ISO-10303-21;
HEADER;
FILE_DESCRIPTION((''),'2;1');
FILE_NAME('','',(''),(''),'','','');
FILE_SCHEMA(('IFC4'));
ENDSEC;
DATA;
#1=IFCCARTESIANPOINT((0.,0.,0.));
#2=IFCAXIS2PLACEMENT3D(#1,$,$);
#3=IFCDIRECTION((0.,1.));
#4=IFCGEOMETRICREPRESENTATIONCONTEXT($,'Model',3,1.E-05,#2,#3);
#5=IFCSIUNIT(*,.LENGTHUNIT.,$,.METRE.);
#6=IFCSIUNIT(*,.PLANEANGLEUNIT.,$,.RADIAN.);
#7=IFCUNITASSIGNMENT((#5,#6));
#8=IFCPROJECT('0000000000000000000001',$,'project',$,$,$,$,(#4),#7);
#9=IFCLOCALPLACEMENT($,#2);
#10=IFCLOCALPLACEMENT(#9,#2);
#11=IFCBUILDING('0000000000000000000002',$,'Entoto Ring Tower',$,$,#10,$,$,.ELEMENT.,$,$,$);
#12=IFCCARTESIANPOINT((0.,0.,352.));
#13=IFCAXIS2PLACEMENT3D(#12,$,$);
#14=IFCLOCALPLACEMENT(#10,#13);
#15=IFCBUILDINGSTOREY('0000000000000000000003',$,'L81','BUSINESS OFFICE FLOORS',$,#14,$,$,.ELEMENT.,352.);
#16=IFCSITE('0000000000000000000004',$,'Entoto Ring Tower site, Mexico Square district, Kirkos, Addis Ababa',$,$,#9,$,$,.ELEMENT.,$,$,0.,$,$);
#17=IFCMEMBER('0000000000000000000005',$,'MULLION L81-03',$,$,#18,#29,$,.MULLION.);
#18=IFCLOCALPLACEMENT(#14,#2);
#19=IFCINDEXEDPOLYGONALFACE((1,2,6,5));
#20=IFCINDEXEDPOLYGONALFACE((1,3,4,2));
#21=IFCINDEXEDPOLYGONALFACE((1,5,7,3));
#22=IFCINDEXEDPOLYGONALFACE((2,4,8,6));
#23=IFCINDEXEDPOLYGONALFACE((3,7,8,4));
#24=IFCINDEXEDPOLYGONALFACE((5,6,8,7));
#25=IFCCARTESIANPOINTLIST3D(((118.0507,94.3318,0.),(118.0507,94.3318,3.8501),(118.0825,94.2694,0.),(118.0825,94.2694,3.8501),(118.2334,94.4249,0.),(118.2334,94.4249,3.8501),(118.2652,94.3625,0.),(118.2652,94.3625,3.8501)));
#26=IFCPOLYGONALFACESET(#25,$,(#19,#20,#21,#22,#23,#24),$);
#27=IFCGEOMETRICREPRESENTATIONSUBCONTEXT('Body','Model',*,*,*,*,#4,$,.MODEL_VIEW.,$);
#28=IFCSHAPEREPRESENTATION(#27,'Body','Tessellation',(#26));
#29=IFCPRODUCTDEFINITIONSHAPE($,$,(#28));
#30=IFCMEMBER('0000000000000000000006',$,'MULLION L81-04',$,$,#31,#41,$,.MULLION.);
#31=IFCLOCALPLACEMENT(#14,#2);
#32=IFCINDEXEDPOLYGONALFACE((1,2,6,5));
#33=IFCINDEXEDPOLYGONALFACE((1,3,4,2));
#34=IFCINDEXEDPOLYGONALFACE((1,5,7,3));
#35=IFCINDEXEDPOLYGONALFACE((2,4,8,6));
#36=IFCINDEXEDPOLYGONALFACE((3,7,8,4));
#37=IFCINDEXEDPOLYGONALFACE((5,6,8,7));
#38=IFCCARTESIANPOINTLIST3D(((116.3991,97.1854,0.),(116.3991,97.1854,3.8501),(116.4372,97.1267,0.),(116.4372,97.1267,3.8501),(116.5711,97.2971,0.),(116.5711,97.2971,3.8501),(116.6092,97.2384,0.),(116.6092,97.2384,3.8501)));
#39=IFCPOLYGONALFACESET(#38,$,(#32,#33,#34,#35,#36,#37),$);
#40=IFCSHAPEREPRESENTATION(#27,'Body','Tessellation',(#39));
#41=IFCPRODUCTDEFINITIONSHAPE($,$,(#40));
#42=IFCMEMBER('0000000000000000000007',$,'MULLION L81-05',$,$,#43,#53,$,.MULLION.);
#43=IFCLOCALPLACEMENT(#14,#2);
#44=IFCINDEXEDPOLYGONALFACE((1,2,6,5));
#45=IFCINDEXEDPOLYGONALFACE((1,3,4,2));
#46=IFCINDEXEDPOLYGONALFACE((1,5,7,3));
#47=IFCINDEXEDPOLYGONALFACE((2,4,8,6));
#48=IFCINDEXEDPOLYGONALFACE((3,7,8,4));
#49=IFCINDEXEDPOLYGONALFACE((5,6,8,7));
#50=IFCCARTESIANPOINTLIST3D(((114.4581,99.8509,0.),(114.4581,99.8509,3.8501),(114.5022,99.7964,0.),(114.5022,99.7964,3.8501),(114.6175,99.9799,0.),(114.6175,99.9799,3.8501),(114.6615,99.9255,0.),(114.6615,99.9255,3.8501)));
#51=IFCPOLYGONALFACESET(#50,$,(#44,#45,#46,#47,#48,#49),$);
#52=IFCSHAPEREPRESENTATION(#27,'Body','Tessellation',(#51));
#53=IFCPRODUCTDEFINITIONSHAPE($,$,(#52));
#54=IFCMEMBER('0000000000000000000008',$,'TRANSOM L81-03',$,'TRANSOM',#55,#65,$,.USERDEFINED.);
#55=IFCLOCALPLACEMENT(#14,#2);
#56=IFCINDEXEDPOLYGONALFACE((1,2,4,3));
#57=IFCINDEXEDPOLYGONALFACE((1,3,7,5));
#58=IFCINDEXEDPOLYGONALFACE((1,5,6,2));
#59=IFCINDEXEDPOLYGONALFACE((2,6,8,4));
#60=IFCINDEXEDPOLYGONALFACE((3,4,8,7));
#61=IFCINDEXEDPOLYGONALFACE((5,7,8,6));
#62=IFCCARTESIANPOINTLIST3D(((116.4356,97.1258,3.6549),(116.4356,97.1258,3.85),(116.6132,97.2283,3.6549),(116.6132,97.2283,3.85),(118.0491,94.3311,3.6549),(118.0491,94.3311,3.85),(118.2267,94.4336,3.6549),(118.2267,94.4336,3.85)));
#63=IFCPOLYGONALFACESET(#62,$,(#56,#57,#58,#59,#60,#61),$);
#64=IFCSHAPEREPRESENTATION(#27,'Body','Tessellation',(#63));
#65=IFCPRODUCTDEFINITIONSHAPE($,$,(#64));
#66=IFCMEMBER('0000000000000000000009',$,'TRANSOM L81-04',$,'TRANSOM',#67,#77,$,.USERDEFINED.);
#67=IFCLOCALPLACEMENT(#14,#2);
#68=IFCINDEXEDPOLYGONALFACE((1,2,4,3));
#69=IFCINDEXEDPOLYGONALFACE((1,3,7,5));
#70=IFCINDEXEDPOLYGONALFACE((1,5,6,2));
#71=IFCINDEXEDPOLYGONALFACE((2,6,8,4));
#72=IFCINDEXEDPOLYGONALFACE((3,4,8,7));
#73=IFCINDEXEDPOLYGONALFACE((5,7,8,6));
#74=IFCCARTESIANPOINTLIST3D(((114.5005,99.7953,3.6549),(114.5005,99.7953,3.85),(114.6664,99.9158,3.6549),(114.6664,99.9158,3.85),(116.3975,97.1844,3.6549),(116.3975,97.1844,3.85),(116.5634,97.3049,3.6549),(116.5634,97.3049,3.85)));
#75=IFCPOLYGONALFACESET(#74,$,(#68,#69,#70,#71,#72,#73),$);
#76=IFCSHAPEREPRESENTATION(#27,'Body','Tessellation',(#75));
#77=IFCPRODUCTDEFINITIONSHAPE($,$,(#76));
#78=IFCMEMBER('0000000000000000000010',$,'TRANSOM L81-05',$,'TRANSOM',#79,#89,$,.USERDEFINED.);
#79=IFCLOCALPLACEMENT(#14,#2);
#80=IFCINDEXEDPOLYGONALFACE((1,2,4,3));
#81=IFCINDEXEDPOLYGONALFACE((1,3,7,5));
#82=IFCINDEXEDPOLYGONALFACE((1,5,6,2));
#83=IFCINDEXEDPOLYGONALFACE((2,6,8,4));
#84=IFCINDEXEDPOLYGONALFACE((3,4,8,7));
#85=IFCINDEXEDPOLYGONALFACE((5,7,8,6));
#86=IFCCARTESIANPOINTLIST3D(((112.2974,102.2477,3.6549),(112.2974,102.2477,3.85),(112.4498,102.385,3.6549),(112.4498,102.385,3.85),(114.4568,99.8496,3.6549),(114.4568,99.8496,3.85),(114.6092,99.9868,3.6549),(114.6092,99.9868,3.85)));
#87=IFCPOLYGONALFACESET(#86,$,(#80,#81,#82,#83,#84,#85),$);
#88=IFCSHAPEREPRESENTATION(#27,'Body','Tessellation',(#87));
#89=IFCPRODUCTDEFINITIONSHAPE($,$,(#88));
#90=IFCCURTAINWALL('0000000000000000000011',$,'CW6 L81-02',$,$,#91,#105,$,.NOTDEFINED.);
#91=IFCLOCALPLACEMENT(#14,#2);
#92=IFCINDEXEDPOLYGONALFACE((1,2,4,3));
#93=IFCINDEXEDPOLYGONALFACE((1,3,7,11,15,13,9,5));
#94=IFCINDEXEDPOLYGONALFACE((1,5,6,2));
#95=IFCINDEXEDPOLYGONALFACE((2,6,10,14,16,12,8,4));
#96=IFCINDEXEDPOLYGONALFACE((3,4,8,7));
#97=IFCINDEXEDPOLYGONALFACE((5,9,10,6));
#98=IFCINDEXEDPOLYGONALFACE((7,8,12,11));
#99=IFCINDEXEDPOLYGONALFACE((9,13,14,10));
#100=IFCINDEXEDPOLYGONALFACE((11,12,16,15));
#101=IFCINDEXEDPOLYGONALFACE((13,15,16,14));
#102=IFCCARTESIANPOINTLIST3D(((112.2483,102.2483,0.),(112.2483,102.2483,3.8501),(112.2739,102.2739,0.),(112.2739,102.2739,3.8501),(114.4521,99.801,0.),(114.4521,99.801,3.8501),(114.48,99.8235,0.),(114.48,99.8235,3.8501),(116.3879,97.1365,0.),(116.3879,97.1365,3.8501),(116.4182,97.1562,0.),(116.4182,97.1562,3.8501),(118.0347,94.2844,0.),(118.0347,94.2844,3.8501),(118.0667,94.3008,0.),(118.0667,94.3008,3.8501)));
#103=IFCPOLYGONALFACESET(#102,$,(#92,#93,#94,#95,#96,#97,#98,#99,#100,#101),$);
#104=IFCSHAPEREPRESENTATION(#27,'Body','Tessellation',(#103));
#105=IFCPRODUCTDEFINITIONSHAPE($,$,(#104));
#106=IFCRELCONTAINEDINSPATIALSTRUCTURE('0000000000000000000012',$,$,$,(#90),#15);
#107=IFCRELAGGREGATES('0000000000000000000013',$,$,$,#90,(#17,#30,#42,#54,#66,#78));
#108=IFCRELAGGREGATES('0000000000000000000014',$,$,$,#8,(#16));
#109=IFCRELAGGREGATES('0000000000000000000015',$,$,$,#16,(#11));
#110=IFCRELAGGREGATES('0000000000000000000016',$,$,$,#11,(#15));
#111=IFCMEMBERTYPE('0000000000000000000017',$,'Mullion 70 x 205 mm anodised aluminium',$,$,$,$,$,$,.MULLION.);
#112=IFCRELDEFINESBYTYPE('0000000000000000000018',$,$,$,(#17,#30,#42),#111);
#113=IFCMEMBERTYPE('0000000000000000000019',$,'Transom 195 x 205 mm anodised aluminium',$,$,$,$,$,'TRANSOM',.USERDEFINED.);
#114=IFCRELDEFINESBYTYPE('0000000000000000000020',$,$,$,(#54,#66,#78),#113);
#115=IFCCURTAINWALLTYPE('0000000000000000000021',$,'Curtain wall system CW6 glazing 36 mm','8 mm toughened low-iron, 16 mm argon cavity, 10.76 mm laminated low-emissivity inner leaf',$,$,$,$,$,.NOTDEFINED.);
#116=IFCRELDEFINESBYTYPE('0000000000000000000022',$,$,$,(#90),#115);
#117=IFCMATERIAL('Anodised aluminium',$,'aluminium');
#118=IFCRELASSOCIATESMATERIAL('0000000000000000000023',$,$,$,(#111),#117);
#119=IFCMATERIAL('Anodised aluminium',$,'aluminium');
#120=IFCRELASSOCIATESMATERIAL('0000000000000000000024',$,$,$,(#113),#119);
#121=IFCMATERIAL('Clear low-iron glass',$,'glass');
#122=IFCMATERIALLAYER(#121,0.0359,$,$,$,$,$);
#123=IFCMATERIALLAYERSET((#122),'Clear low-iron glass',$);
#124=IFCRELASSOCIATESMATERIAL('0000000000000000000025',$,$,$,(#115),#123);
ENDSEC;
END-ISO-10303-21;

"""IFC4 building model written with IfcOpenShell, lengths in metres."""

from ifc_helpers import new_model, si_unit, direction, frame, origin, origin_2d, place, context, subcontext, project, spatial, polyline, rectangle, outline, extrude, material, layer, layer_set, material_profile, profile_set, type_object, element, aggregate, save


model = new_model("IFC4")

# Units and contexts
model_context = context("Model", 3, precision=1e-05, world=origin(), true_north=direction((0.0, 1.0)))
body_context = subcontext(model_context, "Body", "Model", "MODEL_VIEW")
ifc_project = project(units=[si_unit("LENGTHUNIT", "METRE"), si_unit("PLANEANGLEUNIT", "RADIAN")], contexts=[model_context])

# Members
ifc_material_1 = material(Name="Anodised aluminium", Category="aluminium")
ifc_material_profile_1 = material_profile(ifc_material_1, rectangle(XDim=0.0701, YDim=0.2051, at=origin_2d()), Name="Mullion 70 x 205 mm anodised aluminium")
ifc_profile_set_1 = profile_set([ifc_material_profile_1], Name="Anodised aluminium")
member_type_1 = type_object("IfcMemberType", Name="Mullion 70 x 205 mm anodised aluminium", PredefinedType="MULLION", material=ifc_profile_set_1)
site_placement = place(None, origin())
building_placement = place(site_placement, origin())
storey_placement = place(building_placement, frame((0.0, 0.0, 352.0)))
member_1_placement = place(storey_placement, frame((118.158, 94.3472, 0.0), z_axis=(0.0, 0.0, 1.0), x_axis=(-0.45399, 0.891007, 0.0)))
member_1 = element("IfcMember", 1, at=member_1_placement, type_object=member_type_1, Name="MULLION L81-03", PredefinedType="MULLION", context=body_context, shape_type="SweptSolid", body=[
    extrude(rectangle(XDim=0.0701, YDim=0.2051, at=origin_2d()), origin(), (0.0, 0.0, 1.0), 3.8501),
])
member_2_placement = place(storey_placement, frame((116.5042, 97.2119, 0.0), z_axis=(0.0, 0.0, 1.0), x_axis=(-0.544639, 0.838671, 0.0)))
member_2 = element("IfcMember", 2, at=member_2_placement, type_object=member_type_1, Name="MULLION L81-04", PredefinedType="MULLION", context=body_context, shape_type="SweptSolid", body=[
    extrude(rectangle(XDim=0.0701, YDim=0.2051, at=origin_2d()), origin(), (0.0, 0.0, 1.0), 3.8501),
])
member_3_placement = place(storey_placement, frame((114.5598, 99.8882, 0.0), z_axis=(0.0, 0.0, 1.0), x_axis=(-0.62932, 0.777146, 0.0)))
member_3 = element("IfcMember", 3, at=member_3_placement, type_object=member_type_1, Name="MULLION L81-05", PredefinedType="MULLION", context=body_context, shape_type="SweptSolid", body=[
    extrude(rectangle(XDim=0.0701, YDim=0.2051, at=origin_2d()), origin(), (0.0, 0.0, 1.0), 3.8501),
])
ifc_material_2 = material(Name="Anodised aluminium", Category="aluminium")
ifc_material_profile_2 = material_profile(ifc_material_2, rectangle(XDim=0.2051, YDim=0.1951, at=origin_2d()), Name="Transom 195 x 205 mm anodised aluminium")
ifc_profile_set_2 = profile_set([ifc_material_profile_2], Name="Anodised aluminium")
member_type_2 = type_object("IfcMemberType", Name="Transom 195 x 205 mm anodised aluminium", ElementType="TRANSOM", PredefinedType="USERDEFINED", material=ifc_profile_set_2)
member_4_placement = place(storey_placement, frame((118.1379, 94.3823, 3.7524), z_axis=(-0.500004, 0.866023, 0.0), x_axis=(-0.866023, -0.500004, 0.0)))
member_4 = element("IfcMember", 4, at=member_4_placement, type_object=member_type_2, Name="TRANSOM L81-03", ObjectType="TRANSOM", PredefinedType="USERDEFINED", context=body_context, shape_type="SweptSolid", body=[
    extrude(rectangle(XDim=0.2051, YDim=0.1951, at=origin_2d()), origin(), (0.0, 0.0, 1.0), 3.2271),
])
member_5_placement = place(storey_placement, frame((116.4805, 97.2446, 3.7524), z_axis=(-0.587803, 0.809004, 0.0), x_axis=(-0.809004, -0.587803, 0.0)))
member_5 = element("IfcMember", 5, at=member_5_placement, type_object=member_type_2, Name="TRANSOM L81-04", ObjectType="TRANSOM", PredefinedType="USERDEFINED", context=body_context, shape_type="SweptSolid", body=[
    extrude(rectangle(XDim=0.2051, YDim=0.1951, at=origin_2d()), origin(), (0.0, 0.0, 1.0), 3.2273),
])
member_6_placement = place(storey_placement, frame((114.533, 99.9182, 3.7524), z_axis=(-0.669144, 0.743132, 0.0), x_axis=(-0.743132, -0.669144, 0.0)))
member_6 = element("IfcMember", 6, at=member_6_placement, type_object=member_type_2, Name="TRANSOM L81-05", ObjectType="TRANSOM", PredefinedType="USERDEFINED", context=body_context, shape_type="SweptSolid", body=[
    extrude(rectangle(XDim=0.2051, YDim=0.1951, at=origin_2d()), origin(), (0.0, 0.0, 1.0), 3.2271),
])

# Site, building, storey
site = spatial("IfcSite", under=ifc_project, at=site_placement, Name="Entoto Ring Tower site, Mexico Square district, Kirkos, Addis Ababa", CompositionType="ELEMENT", RefElevation=0.0)
building = spatial("IfcBuilding", under=site, at=building_placement, Name="Entoto Ring Tower", CompositionType="ELEMENT")
storey = spatial("IfcBuildingStorey", under=building, at=storey_placement, Name="L81", Description="BUSINESS OFFICE FLOORS", CompositionType="ELEMENT", Elevation=352.0)

# Curtain wall
ifc_material_3 = material(Name="Clear low-iron glass", Category="glass")
ifc_layer_1 = layer(ifc_material_3, 0.0359)
ifc_layer_set_1 = layer_set([ifc_layer_1], Name="Clear low-iron glass")
curtain_wall_type = type_object("IfcCurtainWallType", Name="Curtain wall system CW6 glazing 36 mm", Description="8 mm toughened low-iron, 16 mm argon cavity, 10.76 mm laminated low-emissivity inner leaf", PredefinedType="NOTDEFINED", material=ifc_layer_set_1)
curtain_wall_1_placement = place(storey_placement, origin())
curtain_wall_1 = element("IfcCurtainWall", 7, at=curtain_wall_1_placement, inside=storey, type_object=curtain_wall_type, Name="CW6 L81-02", PredefinedType="NOTDEFINED", context=body_context, shape_type="SweptSolid", body=[
    extrude(outline(polyline([(118.0667, 94.3008), (116.4182, 97.1562), (114.48, 99.8235), (112.2739, 102.2739), (112.2483, 102.2483), (114.4521, 99.801), (116.3879, 97.1365), (118.0347, 94.2844), (118.0667, 94.3008)])), origin(), (0.0, 0.0, 1.0), 3.8501),
])
aggregate(curtain_wall_1, [member_1, member_2, member_3, member_4, member_5, member_6])

save(model, "model.ifc")
